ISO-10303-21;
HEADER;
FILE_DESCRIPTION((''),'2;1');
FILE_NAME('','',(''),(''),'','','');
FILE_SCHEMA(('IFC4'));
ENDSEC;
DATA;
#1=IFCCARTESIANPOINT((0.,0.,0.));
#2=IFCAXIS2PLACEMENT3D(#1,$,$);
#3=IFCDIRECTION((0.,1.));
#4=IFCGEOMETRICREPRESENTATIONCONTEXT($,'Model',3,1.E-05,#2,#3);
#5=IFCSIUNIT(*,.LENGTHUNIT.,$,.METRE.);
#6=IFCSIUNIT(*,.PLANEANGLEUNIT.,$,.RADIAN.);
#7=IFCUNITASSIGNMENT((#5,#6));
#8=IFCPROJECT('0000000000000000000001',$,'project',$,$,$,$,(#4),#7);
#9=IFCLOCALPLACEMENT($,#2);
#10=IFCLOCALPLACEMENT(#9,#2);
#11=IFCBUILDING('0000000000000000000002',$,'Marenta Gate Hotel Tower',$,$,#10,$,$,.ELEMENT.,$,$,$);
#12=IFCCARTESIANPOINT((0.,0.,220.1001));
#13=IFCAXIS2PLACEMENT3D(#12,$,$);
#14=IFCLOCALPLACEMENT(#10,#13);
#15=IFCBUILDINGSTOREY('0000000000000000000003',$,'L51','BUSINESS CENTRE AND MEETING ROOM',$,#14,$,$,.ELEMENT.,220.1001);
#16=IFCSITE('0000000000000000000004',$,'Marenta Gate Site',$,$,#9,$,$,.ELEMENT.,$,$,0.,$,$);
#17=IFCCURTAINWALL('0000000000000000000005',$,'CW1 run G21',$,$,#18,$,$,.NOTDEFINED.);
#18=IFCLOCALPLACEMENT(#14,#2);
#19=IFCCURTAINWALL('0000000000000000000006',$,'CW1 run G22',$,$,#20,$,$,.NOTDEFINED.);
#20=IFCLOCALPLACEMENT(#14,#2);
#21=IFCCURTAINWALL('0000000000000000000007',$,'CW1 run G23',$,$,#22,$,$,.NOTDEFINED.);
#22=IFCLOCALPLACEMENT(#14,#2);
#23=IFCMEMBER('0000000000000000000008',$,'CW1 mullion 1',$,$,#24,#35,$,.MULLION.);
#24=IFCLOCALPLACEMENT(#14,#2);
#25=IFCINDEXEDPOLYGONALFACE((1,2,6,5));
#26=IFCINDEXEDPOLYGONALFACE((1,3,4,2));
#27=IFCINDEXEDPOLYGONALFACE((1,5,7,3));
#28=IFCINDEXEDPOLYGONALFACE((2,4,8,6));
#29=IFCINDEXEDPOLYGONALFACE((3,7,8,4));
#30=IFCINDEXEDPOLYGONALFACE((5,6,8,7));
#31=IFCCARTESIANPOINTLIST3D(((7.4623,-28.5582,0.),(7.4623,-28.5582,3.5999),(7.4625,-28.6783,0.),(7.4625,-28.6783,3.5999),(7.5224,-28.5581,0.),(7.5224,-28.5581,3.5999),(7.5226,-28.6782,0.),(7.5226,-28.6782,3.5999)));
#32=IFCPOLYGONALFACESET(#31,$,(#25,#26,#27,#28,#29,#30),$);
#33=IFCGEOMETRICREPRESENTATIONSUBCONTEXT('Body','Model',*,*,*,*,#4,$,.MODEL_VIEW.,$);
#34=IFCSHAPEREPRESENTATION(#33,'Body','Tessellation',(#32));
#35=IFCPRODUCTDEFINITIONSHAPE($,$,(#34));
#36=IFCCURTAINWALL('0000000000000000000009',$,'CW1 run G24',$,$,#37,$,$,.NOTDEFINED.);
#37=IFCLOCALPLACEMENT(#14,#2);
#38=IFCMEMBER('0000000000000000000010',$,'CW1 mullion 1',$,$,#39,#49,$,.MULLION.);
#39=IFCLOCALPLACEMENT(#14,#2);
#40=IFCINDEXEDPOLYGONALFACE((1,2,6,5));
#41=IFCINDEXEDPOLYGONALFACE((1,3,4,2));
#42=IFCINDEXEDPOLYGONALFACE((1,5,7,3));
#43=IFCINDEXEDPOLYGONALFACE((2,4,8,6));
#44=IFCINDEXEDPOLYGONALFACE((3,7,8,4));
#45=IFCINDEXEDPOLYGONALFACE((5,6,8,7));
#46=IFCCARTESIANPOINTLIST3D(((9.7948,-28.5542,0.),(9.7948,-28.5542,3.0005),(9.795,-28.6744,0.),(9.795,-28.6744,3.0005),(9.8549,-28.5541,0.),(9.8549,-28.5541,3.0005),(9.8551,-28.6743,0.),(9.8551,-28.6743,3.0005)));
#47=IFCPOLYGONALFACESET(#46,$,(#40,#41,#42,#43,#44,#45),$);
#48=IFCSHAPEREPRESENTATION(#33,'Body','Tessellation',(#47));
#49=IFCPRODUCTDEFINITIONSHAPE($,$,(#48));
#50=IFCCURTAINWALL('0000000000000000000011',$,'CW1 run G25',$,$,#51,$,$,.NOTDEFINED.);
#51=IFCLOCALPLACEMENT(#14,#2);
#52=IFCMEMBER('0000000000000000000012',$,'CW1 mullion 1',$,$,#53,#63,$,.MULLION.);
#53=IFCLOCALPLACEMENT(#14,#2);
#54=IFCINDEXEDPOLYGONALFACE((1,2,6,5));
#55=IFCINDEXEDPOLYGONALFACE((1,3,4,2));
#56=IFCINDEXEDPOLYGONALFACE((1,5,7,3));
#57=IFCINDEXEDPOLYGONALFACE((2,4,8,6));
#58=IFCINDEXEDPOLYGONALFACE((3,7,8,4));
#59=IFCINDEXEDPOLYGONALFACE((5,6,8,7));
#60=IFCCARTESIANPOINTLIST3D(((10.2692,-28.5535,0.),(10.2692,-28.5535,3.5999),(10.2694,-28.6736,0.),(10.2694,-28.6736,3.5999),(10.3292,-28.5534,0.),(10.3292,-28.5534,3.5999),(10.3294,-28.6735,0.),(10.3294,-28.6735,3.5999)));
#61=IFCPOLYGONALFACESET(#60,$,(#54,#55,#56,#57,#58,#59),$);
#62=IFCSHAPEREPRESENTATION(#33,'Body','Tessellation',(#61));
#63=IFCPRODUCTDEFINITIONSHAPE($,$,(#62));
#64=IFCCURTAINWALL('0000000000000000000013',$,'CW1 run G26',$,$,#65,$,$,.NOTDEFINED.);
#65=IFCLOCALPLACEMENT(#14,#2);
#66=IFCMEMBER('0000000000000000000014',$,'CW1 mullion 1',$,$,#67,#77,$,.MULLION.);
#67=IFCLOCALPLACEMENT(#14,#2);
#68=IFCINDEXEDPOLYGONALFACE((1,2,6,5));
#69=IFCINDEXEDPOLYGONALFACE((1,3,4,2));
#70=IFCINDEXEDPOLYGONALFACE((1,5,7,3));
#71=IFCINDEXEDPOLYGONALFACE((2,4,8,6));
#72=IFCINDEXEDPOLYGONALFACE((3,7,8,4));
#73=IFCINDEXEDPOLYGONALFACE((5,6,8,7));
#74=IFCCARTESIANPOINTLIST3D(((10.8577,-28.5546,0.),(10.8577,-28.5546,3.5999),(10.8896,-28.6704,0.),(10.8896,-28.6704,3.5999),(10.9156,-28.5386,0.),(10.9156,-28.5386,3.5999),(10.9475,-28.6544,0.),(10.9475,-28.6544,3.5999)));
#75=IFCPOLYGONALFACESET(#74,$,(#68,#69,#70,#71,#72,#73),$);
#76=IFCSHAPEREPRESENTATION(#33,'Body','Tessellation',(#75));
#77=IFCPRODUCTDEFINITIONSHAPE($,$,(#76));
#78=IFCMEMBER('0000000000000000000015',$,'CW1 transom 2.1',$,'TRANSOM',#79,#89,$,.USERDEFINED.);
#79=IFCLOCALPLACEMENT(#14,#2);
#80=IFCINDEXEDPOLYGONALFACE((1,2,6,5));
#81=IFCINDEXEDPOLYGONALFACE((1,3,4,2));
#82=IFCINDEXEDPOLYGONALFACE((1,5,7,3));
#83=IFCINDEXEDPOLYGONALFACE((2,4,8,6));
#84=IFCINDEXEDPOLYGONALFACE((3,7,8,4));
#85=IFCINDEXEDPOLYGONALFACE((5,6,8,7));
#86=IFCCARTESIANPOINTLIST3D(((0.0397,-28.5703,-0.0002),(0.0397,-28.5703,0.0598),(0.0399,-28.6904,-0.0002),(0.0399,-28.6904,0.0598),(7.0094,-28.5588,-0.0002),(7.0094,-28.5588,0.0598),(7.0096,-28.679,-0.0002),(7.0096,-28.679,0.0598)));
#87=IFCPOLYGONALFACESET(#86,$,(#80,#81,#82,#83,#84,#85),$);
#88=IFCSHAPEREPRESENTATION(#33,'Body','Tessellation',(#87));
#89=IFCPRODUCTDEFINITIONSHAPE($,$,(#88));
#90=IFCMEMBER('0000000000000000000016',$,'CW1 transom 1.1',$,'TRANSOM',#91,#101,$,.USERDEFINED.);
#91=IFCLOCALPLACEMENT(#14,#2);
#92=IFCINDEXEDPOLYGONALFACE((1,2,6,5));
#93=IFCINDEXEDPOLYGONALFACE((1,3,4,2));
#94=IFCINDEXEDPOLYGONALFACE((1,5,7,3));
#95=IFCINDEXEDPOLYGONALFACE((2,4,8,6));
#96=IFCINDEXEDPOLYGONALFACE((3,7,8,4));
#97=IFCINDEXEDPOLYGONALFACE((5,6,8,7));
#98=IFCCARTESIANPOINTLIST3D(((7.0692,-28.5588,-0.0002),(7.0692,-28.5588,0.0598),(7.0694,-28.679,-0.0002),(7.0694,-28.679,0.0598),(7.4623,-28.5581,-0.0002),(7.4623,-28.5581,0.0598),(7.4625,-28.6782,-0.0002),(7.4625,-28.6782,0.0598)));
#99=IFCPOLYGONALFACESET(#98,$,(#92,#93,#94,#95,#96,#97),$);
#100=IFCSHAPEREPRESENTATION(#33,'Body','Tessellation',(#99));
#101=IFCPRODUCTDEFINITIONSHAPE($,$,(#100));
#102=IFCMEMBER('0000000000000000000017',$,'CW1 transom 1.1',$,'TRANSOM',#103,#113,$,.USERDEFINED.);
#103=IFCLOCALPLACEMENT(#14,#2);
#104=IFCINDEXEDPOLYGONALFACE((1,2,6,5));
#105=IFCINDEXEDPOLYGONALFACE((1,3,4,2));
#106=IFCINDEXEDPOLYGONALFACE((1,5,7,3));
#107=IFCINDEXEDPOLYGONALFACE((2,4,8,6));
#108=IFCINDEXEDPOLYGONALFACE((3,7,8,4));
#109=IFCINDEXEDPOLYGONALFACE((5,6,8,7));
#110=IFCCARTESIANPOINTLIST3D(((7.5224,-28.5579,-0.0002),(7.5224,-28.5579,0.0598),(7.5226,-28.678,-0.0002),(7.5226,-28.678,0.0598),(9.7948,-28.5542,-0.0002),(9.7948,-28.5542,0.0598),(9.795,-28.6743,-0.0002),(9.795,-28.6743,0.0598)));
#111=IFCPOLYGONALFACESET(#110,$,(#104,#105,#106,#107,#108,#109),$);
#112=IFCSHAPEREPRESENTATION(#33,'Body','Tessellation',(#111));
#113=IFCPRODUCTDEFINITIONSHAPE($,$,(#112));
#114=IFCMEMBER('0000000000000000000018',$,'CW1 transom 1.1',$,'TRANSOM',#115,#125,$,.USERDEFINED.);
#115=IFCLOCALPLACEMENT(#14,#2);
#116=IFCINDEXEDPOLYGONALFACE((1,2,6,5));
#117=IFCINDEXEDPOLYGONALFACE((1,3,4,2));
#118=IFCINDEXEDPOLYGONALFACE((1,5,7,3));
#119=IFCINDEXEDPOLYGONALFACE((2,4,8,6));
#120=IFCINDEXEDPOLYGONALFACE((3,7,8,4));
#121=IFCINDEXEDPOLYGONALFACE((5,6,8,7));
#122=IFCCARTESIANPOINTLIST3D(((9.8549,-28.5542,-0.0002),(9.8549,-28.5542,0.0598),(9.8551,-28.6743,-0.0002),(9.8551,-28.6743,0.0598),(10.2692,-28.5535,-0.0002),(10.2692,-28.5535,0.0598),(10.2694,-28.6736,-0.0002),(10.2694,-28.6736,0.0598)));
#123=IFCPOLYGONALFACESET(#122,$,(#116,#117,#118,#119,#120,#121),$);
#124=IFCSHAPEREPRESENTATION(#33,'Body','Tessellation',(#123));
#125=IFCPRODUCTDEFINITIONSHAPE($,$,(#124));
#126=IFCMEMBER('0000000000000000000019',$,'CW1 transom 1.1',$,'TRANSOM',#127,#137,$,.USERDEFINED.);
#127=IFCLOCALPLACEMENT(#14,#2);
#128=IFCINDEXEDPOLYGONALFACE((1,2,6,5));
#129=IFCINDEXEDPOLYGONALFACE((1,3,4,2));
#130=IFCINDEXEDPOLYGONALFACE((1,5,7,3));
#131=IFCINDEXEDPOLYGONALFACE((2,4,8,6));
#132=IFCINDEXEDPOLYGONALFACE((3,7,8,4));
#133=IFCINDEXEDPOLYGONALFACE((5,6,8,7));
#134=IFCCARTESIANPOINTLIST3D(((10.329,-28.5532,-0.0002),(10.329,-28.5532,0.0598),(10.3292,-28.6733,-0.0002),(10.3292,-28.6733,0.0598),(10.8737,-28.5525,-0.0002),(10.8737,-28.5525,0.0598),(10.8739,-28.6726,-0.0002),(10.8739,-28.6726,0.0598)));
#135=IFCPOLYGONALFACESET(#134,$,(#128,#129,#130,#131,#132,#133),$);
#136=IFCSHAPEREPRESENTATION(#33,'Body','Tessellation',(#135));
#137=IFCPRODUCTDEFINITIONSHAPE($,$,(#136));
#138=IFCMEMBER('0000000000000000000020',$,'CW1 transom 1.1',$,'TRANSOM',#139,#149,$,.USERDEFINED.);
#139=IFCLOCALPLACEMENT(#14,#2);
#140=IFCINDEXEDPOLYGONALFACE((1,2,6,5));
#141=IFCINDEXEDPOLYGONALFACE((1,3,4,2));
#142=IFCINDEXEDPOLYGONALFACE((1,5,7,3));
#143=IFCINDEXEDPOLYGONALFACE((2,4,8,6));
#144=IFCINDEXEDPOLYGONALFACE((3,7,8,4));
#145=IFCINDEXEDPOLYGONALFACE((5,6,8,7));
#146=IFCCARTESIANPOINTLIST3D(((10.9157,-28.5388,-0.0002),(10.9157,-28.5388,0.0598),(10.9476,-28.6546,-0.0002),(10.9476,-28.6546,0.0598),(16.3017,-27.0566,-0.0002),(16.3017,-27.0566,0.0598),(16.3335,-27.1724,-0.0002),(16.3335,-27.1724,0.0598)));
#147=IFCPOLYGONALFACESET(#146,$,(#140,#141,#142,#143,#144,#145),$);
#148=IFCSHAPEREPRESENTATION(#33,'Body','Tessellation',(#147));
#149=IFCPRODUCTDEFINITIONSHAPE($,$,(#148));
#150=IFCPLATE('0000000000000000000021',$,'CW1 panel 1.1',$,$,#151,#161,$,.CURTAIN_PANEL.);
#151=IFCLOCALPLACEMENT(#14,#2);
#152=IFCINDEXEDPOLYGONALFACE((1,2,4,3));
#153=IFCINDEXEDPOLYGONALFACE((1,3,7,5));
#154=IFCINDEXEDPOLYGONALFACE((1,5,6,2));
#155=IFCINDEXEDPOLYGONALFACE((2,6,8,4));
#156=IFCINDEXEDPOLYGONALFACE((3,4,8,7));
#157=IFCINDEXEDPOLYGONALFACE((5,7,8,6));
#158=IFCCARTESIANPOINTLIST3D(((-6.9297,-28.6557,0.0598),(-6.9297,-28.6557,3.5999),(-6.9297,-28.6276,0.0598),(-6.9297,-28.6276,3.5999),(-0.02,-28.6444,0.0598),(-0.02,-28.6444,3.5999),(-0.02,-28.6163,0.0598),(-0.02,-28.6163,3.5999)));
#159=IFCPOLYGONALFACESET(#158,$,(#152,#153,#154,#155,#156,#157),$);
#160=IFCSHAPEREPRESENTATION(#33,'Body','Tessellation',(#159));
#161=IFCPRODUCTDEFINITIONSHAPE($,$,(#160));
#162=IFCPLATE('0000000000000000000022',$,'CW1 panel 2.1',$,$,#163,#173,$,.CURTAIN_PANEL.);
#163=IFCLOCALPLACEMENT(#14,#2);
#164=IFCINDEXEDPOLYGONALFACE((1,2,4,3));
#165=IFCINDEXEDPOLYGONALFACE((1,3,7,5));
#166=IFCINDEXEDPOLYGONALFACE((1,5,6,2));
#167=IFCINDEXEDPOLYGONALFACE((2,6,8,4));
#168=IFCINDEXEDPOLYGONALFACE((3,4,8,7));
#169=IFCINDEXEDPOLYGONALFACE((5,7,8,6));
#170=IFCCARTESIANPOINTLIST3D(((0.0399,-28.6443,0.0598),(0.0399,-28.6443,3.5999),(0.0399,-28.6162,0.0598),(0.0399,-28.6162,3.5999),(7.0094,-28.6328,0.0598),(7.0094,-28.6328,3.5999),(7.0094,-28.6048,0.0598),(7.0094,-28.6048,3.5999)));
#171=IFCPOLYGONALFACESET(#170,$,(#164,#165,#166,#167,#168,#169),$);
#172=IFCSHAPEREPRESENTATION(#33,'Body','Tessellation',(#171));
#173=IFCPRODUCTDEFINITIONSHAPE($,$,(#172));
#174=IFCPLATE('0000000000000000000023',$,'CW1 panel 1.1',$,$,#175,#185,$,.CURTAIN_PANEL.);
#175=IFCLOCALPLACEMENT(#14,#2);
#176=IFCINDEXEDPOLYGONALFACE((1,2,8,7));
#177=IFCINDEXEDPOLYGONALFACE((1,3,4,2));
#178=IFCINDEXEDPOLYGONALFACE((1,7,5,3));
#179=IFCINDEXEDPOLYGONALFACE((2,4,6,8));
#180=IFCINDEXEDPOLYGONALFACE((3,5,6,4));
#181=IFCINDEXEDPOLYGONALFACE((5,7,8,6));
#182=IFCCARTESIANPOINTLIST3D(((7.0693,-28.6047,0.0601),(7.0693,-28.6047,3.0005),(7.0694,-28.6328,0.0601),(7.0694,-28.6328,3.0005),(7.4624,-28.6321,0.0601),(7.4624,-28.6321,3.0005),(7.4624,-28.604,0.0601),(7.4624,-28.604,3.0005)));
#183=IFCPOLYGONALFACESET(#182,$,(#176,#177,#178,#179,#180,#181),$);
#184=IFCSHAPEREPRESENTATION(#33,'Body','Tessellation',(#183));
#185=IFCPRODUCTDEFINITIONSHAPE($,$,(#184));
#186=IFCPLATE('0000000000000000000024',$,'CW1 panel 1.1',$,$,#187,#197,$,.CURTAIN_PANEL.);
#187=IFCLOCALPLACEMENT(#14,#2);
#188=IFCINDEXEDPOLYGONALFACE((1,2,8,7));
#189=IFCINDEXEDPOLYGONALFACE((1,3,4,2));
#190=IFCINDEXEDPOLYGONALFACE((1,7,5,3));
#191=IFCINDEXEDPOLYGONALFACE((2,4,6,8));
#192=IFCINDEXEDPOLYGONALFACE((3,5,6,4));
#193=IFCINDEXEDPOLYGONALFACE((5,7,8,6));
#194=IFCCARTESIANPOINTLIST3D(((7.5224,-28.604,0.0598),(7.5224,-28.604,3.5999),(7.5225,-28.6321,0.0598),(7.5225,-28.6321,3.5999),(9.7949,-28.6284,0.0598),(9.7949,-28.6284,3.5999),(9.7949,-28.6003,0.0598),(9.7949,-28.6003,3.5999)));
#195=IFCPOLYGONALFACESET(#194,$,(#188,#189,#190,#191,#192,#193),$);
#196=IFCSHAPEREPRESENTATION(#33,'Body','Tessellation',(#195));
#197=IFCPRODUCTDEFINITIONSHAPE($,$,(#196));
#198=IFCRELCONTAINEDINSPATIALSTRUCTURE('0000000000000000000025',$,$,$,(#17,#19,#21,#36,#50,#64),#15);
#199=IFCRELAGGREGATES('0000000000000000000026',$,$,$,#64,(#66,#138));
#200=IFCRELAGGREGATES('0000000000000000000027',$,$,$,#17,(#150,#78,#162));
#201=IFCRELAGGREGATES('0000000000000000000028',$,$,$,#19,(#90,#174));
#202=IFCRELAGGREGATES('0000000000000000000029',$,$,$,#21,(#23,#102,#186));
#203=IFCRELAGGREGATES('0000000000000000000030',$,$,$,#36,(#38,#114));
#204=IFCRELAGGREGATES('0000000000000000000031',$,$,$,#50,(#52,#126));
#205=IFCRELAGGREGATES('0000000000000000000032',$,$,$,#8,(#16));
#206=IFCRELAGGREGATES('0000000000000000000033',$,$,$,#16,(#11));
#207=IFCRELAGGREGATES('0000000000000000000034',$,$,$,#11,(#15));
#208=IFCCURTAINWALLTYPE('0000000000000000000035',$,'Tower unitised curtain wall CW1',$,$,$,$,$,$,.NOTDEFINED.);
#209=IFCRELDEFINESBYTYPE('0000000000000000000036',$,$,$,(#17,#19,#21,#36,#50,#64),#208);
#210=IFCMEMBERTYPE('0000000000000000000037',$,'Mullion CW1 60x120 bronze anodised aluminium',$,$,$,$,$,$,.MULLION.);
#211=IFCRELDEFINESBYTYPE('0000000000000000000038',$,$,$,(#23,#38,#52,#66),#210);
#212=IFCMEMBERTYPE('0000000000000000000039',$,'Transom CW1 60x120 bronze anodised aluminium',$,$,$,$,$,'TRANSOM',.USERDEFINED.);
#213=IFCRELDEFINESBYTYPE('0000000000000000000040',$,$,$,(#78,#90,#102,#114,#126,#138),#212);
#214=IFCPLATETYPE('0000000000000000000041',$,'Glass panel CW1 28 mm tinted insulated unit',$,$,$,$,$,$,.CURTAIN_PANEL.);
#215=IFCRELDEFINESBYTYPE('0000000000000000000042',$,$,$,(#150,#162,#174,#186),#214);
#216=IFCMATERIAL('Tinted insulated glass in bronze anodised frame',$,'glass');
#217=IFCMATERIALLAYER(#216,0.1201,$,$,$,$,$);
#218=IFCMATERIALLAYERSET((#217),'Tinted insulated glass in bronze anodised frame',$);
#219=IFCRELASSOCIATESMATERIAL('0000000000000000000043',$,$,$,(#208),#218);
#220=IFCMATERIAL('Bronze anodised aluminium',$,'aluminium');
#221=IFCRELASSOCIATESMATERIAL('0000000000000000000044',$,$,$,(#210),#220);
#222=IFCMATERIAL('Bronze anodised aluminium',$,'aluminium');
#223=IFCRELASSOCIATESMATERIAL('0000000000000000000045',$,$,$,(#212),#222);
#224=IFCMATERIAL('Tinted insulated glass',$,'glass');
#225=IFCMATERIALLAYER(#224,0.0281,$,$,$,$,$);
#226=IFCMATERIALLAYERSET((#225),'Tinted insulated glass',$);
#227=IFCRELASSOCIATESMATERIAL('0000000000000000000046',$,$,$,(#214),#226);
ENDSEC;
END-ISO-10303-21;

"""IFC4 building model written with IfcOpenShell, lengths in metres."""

from ifc_helpers import new_model, si_unit, direction, frame, origin, origin_2d, place, context, subcontext, project, spatial, rectangle, extrude, material, layer, layer_set, material_profile, profile_set, type_object, element, aggregate, save


model = new_model("IFC4")

# Units and contexts
model_context = context("Model", 3, precision=1e-05, world=origin(), true_north=direction((0.0, 1.0)))
body_context = subcontext(model_context, "Body", "Model", "MODEL_VIEW")
ifc_project = project(units=[si_unit("LENGTHUNIT", "METRE"), si_unit("PLANEANGLEUNIT", "RADIAN")], contexts=[model_context])

# Site, building, storey
site_placement = place(None, origin())
site = spatial("IfcSite", under=ifc_project, at=site_placement, Name="Marenta Gate Site", CompositionType="ELEMENT", RefElevation=0.0)
building_placement = place(site_placement, origin())
building = spatial("IfcBuilding", under=site, at=building_placement, Name="Marenta Gate Hotel Tower", CompositionType="ELEMENT")
storey_placement = place(building_placement, frame((0.0, 0.0, 220.1001)))
storey = spatial("IfcBuildingStorey", under=building, at=storey_placement, Name="L51", Description="BUSINESS CENTRE AND MEETING ROOM", CompositionType="ELEMENT", Elevation=220.1001)

# Curtain walls, members
ifc_material_1 = material(Name="Tinted insulated glass in bronze anodised frame", Category="glass")
ifc_layer_1 = layer(ifc_material_1, 0.1201)
ifc_layer_set_1 = layer_set([ifc_layer_1], Name="Tinted insulated glass in bronze anodised frame")
curtain_wall_type = type_object("IfcCurtainWallType", Name="Tower unitised curtain wall CW1", PredefinedType="NOTDEFINED", material=ifc_layer_set_1)
curtain_wall_1_placement = place(storey_placement, origin())
curtain_wall_1 = element("IfcCurtainWall", 1, at=curtain_wall_1_placement, inside=storey, type_object=curtain_wall_type, Name="CW1 run G21", PredefinedType="NOTDEFINED")
ifc_material_2 = material(Name="Bronze anodised aluminium", Category="aluminium")
ifc_material_profile_1 = material_profile(ifc_material_2, rectangle(XDim=0.1201, YDim=0.0601, at=origin_2d()), Name="Mullion CW1 60x120 bronze anodised aluminium")
ifc_profile_set_1 = profile_set([ifc_material_profile_1], Name="Bronze anodised aluminium")
member_type_1 = type_object("IfcMemberType", Name="Mullion CW1 60x120 bronze anodised aluminium", PredefinedType="MULLION", material=ifc_profile_set_1)
curtain_wall_2_placement = place(storey_placement, origin())
curtain_wall_2 = element("IfcCurtainWall", 2, at=curtain_wall_2_placement, inside=storey, type_object=curtain_wall_type, Name="CW1 run G22", PredefinedType="NOTDEFINED")
curtain_wall_3_placement = place(storey_placement, origin())
curtain_wall_3 = element("IfcCurtainWall", 3, at=curtain_wall_3_placement, inside=storey, type_object=curtain_wall_type, Name="CW1 run G23", PredefinedType="NOTDEFINED")
member_1_placement = place(storey_placement, frame((7.4924, -28.6182, 0.0), z_axis=(0.0, 0.0, 1.0), x_axis=(-0.001629, 0.999999, 0.0)))
member_1 = element("IfcMember", 4, at=member_1_placement, type_object=member_type_1, Name="CW1 mullion 1", PredefinedType="MULLION", context=body_context, shape_type="SweptSolid", body=[
    extrude(rectangle(XDim=0.1201, YDim=0.0601, at=origin_2d()), origin(), (0.0, 0.0, 1.0), 3.5999),
])
curtain_wall_4_placement = place(storey_placement, origin())
curtain_wall_4 = element("IfcCurtainWall", 5, at=curtain_wall_4_placement, inside=storey, type_object=curtain_wall_type, Name="CW1 run G24", PredefinedType="NOTDEFINED")
member_2_placement = place(storey_placement, frame((9.825, -28.6143, 0.0), z_axis=(0.0, 0.0, 1.0), x_axis=(-0.001687, 0.999999, 0.0)))
member_2 = element("IfcMember", 6, at=member_2_placement, type_object=member_type_1, Name="CW1 mullion 1", PredefinedType="MULLION", context=body_context, shape_type="SweptSolid", body=[
    extrude(rectangle(XDim=0.1201, YDim=0.0601, at=origin_2d()), origin(), (0.0, 0.0, 1.0), 3.0005),
])
curtain_wall_5_placement = place(storey_placement, origin())
curtain_wall_5 = element("IfcCurtainWall", 7, at=curtain_wall_5_placement, inside=storey, type_object=curtain_wall_type, Name="CW1 run G25", PredefinedType="NOTDEFINED")
member_3_placement = place(storey_placement, frame((10.2993, -28.6135, 0.0), z_axis=(0.0, 0.0, 1.0), x_axis=(-0.001654, 0.999999, 0.0)))
member_3 = element("IfcMember", 8, at=member_3_placement, type_object=member_type_1, Name="CW1 mullion 1", PredefinedType="MULLION", context=body_context, shape_type="SweptSolid", body=[
    extrude(rectangle(XDim=0.1201, YDim=0.0601, at=origin_2d()), origin(), (0.0, 0.0, 1.0), 3.5999),
])
curtain_wall_6_placement = place(storey_placement, origin())
curtain_wall_6 = element("IfcCurtainWall", 9, at=curtain_wall_6_placement, inside=storey, type_object=curtain_wall_type, Name="CW1 run G26", PredefinedType="NOTDEFINED")
member_4_placement = place(storey_placement, frame((10.9026, -28.6045, 0.0), z_axis=(0.0, 0.0, 1.0), x_axis=(-0.265294, 0.964168, 0.0)))
member_4 = element("IfcMember", 10, at=member_4_placement, type_object=member_type_1, Name="CW1 mullion 1", PredefinedType="MULLION", context=body_context, shape_type="SweptSolid", body=[
    extrude(rectangle(XDim=0.1201, YDim=0.0601, at=origin_2d()), origin(), (0.0, 0.0, 1.0), 3.5999),
])

# Members
ifc_material_3 = material(Name="Bronze anodised aluminium", Category="aluminium")
ifc_material_profile_2 = material_profile(ifc_material_3, rectangle(XDim=0.1201, YDim=0.0601, at=origin_2d()), Name="Transom CW1 60x120 bronze anodised aluminium")
ifc_profile_set_2 = profile_set([ifc_material_profile_2], Name="Bronze anodised aluminium")
member_type_2 = type_object("IfcMemberType", Name="Transom CW1 60x120 bronze anodised aluminium", ElementType="TRANSOM", PredefinedType="USERDEFINED", material=ifc_profile_set_2)
member_5_placement = place(storey_placement, frame((0.0398, -28.6304, 0.0298), z_axis=(0.999999, 0.001646, 0.0), x_axis=(-0.001646, 0.999999, 0.0)))
member_5 = element("IfcMember", 11, at=member_5_placement, type_object=member_type_2, Name="CW1 transom 2.1", ObjectType="TRANSOM", PredefinedType="USERDEFINED", context=body_context, shape_type="SweptSolid", body=[
    extrude(rectangle(XDim=0.1201, YDim=0.0601, at=origin_2d()), origin(), (0.0, 0.0, 1.0), 6.9697),
])
member_6_placement = place(storey_placement, frame((7.0693, -28.6189, 0.0298), z_axis=(0.999998, 0.001863, 0.0), x_axis=(-0.001863, 0.999998, 0.0)))
member_6 = element("IfcMember", 12, at=member_6_placement, type_object=member_type_2, Name="CW1 transom 1.1", ObjectType="TRANSOM", PredefinedType="USERDEFINED", context=body_context, shape_type="SweptSolid", body=[
    extrude(rectangle(XDim=0.1201, YDim=0.0601, at=origin_2d()), origin(), (0.0, 0.0, 1.0), 0.3931),
])
member_7_placement = place(storey_placement, frame((7.5225, -28.6179, 0.0298), z_axis=(0.999999, 0.001612, 0.0), x_axis=(-0.001612, 0.999999, 0.0)))
member_7 = element("IfcMember", 13, at=member_7_placement, type_object=member_type_2, Name="CW1 transom 1.1", ObjectType="TRANSOM", PredefinedType="USERDEFINED", context=body_context, shape_type="SweptSolid", body=[
    extrude(rectangle(XDim=0.1201, YDim=0.0601, at=origin_2d()), origin(), (0.0, 0.0, 1.0), 2.2725),
])
member_8_placement = place(storey_placement, frame((9.855, -28.6143, 0.0298), z_axis=(0.999998, 0.001768, 0.0), x_axis=(-0.001768, 0.999998, 0.0)))
member_8 = element("IfcMember", 14, at=member_8_placement, type_object=member_type_2, Name="CW1 transom 1.1", ObjectType="TRANSOM", PredefinedType="USERDEFINED", context=body_context, shape_type="SweptSolid", body=[
    extrude(rectangle(XDim=0.1201, YDim=0.0601, at=origin_2d()), origin(), (0.0, 0.0, 1.0), 0.4143),
])
member_9_placement = place(storey_placement, frame((10.3291, -28.6133, 0.0298), z_axis=(0.999999, 0.001345, 0.0), x_axis=(-0.001345, 0.999999, 0.0)))
member_9 = element("IfcMember", 15, at=member_9_placement, type_object=member_type_2, Name="CW1 transom 1.1", ObjectType="TRANSOM", PredefinedType="USERDEFINED", context=body_context, shape_type="SweptSolid", body=[
    extrude(rectangle(XDim=0.1201, YDim=0.0601, at=origin_2d()), origin(), (0.0, 0.0, 1.0), 0.5447),
])
member_10_placement = place(storey_placement, frame((10.9316, -28.5967, 0.0298), z_axis=(0.964158, 0.265328, 0.0), x_axis=(-0.265328, 0.964158, 0.0)))
member_10 = element("IfcMember", 16, at=member_10_placement, type_object=member_type_2, Name="CW1 transom 1.1", ObjectType="TRANSOM", PredefinedType="USERDEFINED", context=body_context, shape_type="SweptSolid", body=[
    extrude(rectangle(XDim=0.1201, YDim=0.0601, at=origin_2d()), origin(), (0.0, 0.0, 1.0), 5.5862),
])
aggregate(curtain_wall_6, [member_4, member_10])

# Plates
ifc_material_4 = material(Name="Tinted insulated glass", Category="glass")
ifc_layer_2 = layer(ifc_material_4, 0.0281)
ifc_layer_set_2 = layer_set([ifc_layer_2], Name="Tinted insulated glass")
plate_type = type_object("IfcPlateType", Name="Glass panel CW1 28 mm tinted insulated unit", PredefinedType="CURTAIN_PANEL", material=ifc_layer_set_2)
plate_1_placement = place(storey_placement, frame((-3.4749, -28.636, 0.0598), z_axis=(0.0, 0.0, 1.0), x_axis=(0.999999, 0.001636, 0.0)))
plate_1 = element("IfcPlate", 17, at=plate_1_placement, type_object=plate_type, Name="CW1 panel 1.1", PredefinedType="CURTAIN_PANEL", context=body_context, shape_type="SweptSolid", body=[
    extrude(rectangle(XDim=6.9097, YDim=0.0281, at=origin_2d()), origin(), (0.0, 0.0, 1.0), 3.54),
])
plate_2_placement = place(storey_placement, frame((3.5247, -28.6245, 0.0598), z_axis=(0.0, 0.0, 1.0), x_axis=(0.999999, 0.001636, 0.0)))
plate_2 = element("IfcPlate", 18, at=plate_2_placement, type_object=plate_type, Name="CW1 panel 2.1", PredefinedType="CURTAIN_PANEL", context=body_context, shape_type="SweptSolid", body=[
    extrude(rectangle(XDim=6.9695, YDim=0.0281, at=origin_2d()), origin(), (0.0, 0.0, 1.0), 3.54),
])
aggregate(curtain_wall_1, [plate_1, member_5, plate_2])
plate_3_placement = place(storey_placement, frame((7.2659, -28.6184, 0.0601), z_axis=(0.0, 0.0, 1.0), x_axis=(0.999998, 0.001766, 0.0)))
plate_3 = element("IfcPlate", 19, at=plate_3_placement, type_object=plate_type, Name="CW1 panel 1.1", PredefinedType="CURTAIN_PANEL", context=body_context, shape_type="SweptSolid", body=[
    extrude(rectangle(XDim=0.3931, YDim=0.0281, at=origin_2d()), origin(), (0.0, 0.0, 1.0), 2.9404),
])
aggregate(curtain_wall_2, [member_6, plate_3])
plate_4_placement = place(storey_placement, frame((8.6587, -28.6162, 0.0598), z_axis=(0.0, 0.0, 1.0), x_axis=(0.999999, 0.001629, 0.0)))
plate_4 = element("IfcPlate", 20, at=plate_4_placement, type_object=plate_type, Name="CW1 panel 1.1", PredefinedType="CURTAIN_PANEL", context=body_context, shape_type="SweptSolid", body=[
    extrude(rectangle(XDim=2.2725, YDim=0.0281, at=origin_2d()), origin(), (0.0, 0.0, 1.0), 3.54),
])
aggregate(curtain_wall_3, [member_1, member_7, plate_4])
aggregate(curtain_wall_4, [member_2, member_8])
aggregate(curtain_wall_5, [member_3, member_9])

save(model, "model.ifc")
